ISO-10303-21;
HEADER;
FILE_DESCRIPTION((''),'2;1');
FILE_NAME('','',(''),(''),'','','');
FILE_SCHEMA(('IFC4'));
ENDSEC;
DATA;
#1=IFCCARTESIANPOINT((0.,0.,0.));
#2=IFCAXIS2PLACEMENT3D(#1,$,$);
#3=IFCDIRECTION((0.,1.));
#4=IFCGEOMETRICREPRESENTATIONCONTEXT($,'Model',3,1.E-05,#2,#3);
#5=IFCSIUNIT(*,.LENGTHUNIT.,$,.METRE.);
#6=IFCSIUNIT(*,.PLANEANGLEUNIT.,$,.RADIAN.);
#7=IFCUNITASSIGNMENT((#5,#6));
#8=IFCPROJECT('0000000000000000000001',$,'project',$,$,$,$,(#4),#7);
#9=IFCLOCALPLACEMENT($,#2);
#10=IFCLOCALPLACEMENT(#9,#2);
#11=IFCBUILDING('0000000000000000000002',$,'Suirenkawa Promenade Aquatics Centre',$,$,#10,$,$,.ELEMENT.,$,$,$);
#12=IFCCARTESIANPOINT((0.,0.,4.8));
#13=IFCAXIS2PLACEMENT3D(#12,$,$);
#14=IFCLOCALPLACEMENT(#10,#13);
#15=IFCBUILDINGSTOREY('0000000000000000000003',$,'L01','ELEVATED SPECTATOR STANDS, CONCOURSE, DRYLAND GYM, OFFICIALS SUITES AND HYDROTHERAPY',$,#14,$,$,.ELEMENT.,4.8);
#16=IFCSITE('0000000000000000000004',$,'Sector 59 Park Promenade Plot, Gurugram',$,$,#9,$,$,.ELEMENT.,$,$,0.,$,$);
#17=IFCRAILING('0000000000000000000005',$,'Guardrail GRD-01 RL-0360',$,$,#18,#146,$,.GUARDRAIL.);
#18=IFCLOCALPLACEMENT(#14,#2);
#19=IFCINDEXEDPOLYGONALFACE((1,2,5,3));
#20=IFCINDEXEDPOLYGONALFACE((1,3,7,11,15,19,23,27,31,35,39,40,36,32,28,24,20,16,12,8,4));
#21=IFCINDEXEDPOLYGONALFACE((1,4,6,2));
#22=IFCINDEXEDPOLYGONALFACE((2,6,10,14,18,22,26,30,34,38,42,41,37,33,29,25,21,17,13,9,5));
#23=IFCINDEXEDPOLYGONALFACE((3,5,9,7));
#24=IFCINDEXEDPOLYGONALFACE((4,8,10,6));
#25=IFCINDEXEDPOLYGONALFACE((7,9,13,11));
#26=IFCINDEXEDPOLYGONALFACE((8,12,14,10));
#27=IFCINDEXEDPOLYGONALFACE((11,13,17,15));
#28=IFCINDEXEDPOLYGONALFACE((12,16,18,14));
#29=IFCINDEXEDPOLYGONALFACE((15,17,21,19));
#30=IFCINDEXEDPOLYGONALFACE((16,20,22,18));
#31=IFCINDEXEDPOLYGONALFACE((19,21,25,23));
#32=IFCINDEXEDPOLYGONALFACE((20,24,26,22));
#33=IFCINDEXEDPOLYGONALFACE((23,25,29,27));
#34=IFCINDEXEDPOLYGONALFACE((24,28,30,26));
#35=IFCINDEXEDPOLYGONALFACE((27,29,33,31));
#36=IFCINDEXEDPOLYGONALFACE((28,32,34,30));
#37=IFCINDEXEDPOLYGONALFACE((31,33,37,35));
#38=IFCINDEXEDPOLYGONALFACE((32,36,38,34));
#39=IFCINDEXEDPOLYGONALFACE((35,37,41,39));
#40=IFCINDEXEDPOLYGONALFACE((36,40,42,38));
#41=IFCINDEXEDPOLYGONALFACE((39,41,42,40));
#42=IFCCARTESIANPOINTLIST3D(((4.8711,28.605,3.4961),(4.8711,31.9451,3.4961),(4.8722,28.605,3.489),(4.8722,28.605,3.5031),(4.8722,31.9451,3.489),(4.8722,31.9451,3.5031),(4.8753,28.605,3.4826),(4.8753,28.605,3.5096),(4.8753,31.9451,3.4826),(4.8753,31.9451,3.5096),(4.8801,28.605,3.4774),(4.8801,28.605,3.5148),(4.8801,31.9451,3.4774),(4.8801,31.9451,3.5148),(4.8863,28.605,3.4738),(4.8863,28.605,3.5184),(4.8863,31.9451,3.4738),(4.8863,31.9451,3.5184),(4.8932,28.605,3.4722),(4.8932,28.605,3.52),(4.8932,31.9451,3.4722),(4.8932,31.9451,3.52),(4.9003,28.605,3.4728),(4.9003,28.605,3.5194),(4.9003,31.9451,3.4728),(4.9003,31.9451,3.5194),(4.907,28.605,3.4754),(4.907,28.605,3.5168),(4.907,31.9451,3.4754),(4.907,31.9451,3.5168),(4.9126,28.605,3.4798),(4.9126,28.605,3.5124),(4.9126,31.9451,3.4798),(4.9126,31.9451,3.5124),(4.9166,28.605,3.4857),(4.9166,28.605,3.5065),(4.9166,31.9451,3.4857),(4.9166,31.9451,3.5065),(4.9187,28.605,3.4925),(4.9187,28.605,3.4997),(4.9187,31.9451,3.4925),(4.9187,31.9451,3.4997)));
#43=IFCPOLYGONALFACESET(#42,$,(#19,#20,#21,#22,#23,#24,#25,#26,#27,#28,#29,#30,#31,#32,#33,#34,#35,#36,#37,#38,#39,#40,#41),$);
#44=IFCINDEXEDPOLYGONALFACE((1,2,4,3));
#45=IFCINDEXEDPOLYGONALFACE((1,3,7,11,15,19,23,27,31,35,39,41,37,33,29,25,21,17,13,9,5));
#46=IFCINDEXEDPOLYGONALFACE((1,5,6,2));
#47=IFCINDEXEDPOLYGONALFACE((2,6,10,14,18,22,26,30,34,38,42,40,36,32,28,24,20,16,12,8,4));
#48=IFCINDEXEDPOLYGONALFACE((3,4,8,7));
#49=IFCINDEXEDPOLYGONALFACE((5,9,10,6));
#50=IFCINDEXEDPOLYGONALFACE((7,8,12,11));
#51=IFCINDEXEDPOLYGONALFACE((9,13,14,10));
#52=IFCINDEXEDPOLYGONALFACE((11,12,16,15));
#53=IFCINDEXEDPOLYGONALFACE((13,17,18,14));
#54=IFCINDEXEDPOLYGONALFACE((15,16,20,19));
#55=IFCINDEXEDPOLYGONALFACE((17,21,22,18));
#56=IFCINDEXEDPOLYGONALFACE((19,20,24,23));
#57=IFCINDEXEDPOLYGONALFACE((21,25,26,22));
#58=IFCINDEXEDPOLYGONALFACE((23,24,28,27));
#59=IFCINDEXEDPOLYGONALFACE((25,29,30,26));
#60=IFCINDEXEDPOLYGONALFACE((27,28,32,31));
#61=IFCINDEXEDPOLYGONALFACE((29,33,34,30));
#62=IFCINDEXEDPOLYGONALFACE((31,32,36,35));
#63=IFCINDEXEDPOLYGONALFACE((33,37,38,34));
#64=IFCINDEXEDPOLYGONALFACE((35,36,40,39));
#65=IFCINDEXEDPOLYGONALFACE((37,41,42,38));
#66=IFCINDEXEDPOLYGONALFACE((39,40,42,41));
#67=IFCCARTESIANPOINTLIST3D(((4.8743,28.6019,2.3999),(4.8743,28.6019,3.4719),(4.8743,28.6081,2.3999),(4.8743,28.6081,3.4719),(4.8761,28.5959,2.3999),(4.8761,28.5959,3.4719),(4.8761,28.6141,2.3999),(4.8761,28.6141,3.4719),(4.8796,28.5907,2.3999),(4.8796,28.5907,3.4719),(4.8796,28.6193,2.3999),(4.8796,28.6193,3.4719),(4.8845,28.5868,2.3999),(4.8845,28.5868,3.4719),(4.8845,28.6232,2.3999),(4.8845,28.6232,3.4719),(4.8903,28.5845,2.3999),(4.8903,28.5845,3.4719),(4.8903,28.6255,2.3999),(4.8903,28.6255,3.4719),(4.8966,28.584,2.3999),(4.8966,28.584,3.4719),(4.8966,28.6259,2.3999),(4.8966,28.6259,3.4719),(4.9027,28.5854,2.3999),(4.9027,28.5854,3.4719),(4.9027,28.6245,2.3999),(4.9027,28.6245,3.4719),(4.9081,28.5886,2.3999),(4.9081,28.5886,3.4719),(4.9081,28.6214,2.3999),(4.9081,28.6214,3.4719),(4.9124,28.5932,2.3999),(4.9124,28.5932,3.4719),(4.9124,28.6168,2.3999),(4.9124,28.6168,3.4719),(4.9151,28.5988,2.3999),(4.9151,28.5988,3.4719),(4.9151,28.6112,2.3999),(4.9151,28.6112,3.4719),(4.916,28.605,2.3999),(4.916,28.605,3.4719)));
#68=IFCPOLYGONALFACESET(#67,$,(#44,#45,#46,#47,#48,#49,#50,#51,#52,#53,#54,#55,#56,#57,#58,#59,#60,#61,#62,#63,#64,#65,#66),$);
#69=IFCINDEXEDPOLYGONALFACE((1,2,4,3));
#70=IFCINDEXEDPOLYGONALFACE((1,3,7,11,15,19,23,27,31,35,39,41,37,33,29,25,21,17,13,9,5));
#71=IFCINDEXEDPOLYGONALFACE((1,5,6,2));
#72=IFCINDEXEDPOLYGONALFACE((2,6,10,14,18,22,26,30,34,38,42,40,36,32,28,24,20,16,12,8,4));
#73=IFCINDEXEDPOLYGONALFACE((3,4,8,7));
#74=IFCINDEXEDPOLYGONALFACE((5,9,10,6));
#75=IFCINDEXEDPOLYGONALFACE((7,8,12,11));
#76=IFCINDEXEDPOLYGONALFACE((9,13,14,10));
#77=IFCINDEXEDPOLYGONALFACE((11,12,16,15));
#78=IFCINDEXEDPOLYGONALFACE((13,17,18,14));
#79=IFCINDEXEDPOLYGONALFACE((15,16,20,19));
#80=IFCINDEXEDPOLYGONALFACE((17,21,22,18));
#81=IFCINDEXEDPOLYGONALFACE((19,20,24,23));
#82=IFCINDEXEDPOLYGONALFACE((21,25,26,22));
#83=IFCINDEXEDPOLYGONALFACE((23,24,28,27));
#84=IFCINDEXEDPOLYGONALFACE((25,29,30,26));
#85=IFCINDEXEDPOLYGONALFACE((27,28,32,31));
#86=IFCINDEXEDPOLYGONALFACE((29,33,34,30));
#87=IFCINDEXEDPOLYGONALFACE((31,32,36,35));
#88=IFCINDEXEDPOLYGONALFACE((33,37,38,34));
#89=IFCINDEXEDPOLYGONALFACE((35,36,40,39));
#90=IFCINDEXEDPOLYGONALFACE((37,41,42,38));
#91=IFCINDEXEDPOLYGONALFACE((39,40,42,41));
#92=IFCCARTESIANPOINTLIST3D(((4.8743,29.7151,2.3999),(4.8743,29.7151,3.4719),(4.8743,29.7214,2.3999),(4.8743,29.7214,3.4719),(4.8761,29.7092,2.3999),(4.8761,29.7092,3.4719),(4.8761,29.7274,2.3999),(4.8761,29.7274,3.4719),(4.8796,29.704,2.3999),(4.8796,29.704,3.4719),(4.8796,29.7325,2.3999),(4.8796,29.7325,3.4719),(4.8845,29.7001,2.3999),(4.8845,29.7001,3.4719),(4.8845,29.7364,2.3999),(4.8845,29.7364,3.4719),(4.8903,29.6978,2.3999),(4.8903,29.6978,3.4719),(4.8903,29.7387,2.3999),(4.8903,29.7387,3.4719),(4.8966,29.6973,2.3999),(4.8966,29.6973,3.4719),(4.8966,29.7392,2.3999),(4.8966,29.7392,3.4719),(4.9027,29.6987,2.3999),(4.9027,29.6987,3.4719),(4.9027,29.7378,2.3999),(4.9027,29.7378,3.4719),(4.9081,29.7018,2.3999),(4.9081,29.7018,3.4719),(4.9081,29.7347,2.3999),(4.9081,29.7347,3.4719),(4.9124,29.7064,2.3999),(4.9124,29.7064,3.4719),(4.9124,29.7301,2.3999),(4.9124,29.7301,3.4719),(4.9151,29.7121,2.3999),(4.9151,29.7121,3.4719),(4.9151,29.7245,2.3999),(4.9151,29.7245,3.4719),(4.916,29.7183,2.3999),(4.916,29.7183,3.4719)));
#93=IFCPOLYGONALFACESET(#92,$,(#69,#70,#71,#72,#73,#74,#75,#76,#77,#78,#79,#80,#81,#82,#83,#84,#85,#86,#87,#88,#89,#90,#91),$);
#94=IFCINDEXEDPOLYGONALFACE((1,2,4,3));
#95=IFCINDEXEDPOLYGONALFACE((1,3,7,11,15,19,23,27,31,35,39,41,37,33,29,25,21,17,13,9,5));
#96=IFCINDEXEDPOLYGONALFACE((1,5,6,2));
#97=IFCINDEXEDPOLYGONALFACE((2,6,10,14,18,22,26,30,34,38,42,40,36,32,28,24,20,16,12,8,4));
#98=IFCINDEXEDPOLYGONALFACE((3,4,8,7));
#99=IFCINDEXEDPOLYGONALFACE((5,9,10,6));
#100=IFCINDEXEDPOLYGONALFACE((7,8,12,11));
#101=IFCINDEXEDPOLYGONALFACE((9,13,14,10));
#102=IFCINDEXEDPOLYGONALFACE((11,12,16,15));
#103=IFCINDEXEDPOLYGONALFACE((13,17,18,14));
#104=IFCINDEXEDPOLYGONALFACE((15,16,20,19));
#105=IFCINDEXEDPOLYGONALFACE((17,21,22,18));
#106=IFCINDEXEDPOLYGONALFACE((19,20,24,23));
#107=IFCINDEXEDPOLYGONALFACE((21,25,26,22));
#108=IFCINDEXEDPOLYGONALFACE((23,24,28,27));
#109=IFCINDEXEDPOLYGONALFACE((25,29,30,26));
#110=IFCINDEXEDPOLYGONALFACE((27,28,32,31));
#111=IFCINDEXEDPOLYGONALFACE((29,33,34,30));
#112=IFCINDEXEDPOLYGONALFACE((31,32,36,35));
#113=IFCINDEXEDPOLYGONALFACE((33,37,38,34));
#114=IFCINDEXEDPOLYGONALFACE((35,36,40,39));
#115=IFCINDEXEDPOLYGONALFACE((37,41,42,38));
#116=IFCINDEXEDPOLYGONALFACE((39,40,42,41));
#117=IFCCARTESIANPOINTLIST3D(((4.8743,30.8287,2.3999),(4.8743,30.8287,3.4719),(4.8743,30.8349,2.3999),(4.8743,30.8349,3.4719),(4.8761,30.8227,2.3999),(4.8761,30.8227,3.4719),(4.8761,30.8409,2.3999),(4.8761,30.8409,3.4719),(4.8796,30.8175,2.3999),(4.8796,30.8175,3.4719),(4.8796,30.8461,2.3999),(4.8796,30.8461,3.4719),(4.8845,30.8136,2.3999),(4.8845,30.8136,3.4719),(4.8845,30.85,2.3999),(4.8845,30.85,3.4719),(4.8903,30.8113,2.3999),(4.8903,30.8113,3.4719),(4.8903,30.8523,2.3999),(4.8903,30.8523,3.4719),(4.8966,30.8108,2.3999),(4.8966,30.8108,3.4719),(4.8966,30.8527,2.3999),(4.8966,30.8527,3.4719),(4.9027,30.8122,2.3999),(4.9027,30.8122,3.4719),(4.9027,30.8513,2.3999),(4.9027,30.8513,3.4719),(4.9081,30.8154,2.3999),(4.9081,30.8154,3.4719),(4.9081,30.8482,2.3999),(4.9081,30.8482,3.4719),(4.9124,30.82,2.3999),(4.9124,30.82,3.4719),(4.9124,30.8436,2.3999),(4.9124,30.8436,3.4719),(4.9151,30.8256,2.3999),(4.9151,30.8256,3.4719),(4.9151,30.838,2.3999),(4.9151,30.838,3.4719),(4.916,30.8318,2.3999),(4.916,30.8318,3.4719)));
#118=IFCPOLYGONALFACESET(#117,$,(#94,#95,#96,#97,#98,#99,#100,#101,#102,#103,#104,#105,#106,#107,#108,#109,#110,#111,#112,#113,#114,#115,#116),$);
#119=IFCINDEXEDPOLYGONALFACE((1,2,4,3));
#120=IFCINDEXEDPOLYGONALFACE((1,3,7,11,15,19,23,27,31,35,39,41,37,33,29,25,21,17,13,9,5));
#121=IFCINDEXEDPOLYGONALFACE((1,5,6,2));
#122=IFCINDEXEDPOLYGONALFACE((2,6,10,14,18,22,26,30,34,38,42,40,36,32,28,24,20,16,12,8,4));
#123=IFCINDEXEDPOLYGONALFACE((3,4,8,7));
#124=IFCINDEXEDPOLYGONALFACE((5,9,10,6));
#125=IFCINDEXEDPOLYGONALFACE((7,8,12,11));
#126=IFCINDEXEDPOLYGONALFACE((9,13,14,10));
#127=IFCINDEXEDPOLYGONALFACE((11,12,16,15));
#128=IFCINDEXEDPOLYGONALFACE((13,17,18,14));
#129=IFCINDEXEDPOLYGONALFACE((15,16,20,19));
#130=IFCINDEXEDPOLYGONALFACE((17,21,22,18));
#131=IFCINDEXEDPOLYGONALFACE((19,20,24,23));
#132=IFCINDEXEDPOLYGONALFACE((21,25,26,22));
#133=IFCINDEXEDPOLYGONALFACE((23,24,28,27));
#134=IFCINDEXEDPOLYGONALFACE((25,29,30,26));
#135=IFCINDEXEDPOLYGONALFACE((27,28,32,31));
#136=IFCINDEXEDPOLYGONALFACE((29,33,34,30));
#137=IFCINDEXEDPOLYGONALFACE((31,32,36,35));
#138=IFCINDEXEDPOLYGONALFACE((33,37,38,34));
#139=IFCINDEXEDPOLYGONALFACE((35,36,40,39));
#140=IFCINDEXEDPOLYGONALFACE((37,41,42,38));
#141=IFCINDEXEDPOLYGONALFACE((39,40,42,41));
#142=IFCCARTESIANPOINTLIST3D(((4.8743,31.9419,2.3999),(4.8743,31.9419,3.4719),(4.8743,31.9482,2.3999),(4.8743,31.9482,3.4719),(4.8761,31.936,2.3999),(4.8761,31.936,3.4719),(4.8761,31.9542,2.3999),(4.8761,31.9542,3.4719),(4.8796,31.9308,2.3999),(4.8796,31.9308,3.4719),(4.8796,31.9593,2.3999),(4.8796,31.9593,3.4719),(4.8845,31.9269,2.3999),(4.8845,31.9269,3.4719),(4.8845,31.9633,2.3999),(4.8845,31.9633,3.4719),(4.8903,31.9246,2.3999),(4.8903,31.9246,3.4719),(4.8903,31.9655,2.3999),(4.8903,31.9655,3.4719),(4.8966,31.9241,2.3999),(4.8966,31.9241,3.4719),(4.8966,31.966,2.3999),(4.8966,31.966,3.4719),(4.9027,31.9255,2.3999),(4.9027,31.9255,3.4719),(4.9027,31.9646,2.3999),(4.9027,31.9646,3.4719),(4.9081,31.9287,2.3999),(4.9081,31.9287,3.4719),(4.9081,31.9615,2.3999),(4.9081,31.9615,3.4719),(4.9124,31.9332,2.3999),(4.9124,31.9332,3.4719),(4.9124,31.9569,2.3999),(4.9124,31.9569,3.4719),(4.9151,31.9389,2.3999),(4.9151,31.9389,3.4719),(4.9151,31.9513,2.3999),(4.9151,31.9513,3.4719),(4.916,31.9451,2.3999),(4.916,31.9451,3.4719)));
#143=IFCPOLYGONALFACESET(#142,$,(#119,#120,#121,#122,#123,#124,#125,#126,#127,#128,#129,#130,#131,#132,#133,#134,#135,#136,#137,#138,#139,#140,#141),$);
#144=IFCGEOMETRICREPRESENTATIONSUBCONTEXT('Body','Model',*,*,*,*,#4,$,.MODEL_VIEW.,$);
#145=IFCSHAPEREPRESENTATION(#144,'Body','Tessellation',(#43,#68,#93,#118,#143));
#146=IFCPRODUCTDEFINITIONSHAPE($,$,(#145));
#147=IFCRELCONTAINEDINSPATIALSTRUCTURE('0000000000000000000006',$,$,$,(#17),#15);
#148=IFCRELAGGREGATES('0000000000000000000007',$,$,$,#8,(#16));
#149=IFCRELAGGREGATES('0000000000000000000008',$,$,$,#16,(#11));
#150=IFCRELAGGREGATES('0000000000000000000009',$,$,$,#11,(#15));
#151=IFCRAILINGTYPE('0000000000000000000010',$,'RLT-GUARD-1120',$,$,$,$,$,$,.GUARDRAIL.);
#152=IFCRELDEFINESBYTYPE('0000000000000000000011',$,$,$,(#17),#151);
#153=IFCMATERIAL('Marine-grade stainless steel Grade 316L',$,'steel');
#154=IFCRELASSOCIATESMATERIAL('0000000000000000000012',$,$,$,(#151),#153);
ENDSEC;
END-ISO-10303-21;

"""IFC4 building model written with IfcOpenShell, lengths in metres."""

from ifc_helpers import new_model, si_unit, direction, frame, origin, origin_2d, place, context, subcontext, project, spatial, circle, extrude, material, type_object, element, save


model = new_model("IFC4")

# Units and contexts
model_context = context("Model", 3, precision=1e-05, world=origin(), true_north=direction((0.0, 1.0)))
body_context = subcontext(model_context, "Body", "Model", "MODEL_VIEW")
ifc_project = project(units=[si_unit("LENGTHUNIT", "METRE"), si_unit("PLANEANGLEUNIT", "RADIAN")], contexts=[model_context])

# Site, building, storey
site_placement = place(None, origin())
site = spatial("IfcSite", under=ifc_project, at=site_placement, Name="Sector 59 Park Promenade Plot, Gurugram", CompositionType="ELEMENT", RefElevation=0.0)
building_placement = place(site_placement, origin())
building = spatial("IfcBuilding", under=site, at=building_placement, Name="Suirenkawa Promenade Aquatics Centre", CompositionType="ELEMENT")
storey_placement = place(building_placement, frame((0.0, 0.0, 4.8)))
storey = spatial("IfcBuildingStorey", under=building, at=storey_placement, Name="L01", Description="ELEVATED SPECTATOR STANDS, CONCOURSE, DRYLAND GYM, OFFICIALS SUITES AND HYDROTHERAPY", CompositionType="ELEMENT", Elevation=4.8)

# Railing
ifc_material_1 = material(Name="Marine-grade stainless steel Grade 316L", Category="steel")
railing_type_1 = type_object("IfcRailingType", Name="RLT-GUARD-1120", PredefinedType="GUARDRAIL", material=ifc_material_1)
for number, where, name in (
    (1, (4.895, 28.605, 2.3999), "Guardrail GRD-01 RL-0360"),
):
    element("IfcRailing", number, at=place(storey_placement, frame(where)), inside=storey, type_object=railing_type_1, Name=name, PredefinedType="GUARDRAIL", context=body_context, shape_type="SweptSolid", body=[
        extrude(circle(Radius=0.0239, at=origin_2d()), frame((0.0, 0.0, 1.0962), z_axis=(0.0, 1.0, 0.0), x_axis=(-1.0, 0.0, 0.0)), (0.0, 0.0, 1.0), 3.3401),
        extrude(circle(Radius=0.021, at=origin_2d()), origin(), (0.0, 0.0, 1.0), 1.072),
        extrude(circle(Radius=0.021, at=origin_2d()), frame((0.0, 1.1133, 0.0)), (0.0, 0.0, 1.0), 1.072),
        extrude(circle(Radius=0.021, at=origin_2d()), frame((0.0, 2.2268, 0.0)), (0.0, 0.0, 1.0), 1.072),
        extrude(circle(Radius=0.021, at=origin_2d()), frame((0.0, 3.3401, 0.0)), (0.0, 0.0, 1.0), 1.072),
    ])

save(model, "model.ifc")
